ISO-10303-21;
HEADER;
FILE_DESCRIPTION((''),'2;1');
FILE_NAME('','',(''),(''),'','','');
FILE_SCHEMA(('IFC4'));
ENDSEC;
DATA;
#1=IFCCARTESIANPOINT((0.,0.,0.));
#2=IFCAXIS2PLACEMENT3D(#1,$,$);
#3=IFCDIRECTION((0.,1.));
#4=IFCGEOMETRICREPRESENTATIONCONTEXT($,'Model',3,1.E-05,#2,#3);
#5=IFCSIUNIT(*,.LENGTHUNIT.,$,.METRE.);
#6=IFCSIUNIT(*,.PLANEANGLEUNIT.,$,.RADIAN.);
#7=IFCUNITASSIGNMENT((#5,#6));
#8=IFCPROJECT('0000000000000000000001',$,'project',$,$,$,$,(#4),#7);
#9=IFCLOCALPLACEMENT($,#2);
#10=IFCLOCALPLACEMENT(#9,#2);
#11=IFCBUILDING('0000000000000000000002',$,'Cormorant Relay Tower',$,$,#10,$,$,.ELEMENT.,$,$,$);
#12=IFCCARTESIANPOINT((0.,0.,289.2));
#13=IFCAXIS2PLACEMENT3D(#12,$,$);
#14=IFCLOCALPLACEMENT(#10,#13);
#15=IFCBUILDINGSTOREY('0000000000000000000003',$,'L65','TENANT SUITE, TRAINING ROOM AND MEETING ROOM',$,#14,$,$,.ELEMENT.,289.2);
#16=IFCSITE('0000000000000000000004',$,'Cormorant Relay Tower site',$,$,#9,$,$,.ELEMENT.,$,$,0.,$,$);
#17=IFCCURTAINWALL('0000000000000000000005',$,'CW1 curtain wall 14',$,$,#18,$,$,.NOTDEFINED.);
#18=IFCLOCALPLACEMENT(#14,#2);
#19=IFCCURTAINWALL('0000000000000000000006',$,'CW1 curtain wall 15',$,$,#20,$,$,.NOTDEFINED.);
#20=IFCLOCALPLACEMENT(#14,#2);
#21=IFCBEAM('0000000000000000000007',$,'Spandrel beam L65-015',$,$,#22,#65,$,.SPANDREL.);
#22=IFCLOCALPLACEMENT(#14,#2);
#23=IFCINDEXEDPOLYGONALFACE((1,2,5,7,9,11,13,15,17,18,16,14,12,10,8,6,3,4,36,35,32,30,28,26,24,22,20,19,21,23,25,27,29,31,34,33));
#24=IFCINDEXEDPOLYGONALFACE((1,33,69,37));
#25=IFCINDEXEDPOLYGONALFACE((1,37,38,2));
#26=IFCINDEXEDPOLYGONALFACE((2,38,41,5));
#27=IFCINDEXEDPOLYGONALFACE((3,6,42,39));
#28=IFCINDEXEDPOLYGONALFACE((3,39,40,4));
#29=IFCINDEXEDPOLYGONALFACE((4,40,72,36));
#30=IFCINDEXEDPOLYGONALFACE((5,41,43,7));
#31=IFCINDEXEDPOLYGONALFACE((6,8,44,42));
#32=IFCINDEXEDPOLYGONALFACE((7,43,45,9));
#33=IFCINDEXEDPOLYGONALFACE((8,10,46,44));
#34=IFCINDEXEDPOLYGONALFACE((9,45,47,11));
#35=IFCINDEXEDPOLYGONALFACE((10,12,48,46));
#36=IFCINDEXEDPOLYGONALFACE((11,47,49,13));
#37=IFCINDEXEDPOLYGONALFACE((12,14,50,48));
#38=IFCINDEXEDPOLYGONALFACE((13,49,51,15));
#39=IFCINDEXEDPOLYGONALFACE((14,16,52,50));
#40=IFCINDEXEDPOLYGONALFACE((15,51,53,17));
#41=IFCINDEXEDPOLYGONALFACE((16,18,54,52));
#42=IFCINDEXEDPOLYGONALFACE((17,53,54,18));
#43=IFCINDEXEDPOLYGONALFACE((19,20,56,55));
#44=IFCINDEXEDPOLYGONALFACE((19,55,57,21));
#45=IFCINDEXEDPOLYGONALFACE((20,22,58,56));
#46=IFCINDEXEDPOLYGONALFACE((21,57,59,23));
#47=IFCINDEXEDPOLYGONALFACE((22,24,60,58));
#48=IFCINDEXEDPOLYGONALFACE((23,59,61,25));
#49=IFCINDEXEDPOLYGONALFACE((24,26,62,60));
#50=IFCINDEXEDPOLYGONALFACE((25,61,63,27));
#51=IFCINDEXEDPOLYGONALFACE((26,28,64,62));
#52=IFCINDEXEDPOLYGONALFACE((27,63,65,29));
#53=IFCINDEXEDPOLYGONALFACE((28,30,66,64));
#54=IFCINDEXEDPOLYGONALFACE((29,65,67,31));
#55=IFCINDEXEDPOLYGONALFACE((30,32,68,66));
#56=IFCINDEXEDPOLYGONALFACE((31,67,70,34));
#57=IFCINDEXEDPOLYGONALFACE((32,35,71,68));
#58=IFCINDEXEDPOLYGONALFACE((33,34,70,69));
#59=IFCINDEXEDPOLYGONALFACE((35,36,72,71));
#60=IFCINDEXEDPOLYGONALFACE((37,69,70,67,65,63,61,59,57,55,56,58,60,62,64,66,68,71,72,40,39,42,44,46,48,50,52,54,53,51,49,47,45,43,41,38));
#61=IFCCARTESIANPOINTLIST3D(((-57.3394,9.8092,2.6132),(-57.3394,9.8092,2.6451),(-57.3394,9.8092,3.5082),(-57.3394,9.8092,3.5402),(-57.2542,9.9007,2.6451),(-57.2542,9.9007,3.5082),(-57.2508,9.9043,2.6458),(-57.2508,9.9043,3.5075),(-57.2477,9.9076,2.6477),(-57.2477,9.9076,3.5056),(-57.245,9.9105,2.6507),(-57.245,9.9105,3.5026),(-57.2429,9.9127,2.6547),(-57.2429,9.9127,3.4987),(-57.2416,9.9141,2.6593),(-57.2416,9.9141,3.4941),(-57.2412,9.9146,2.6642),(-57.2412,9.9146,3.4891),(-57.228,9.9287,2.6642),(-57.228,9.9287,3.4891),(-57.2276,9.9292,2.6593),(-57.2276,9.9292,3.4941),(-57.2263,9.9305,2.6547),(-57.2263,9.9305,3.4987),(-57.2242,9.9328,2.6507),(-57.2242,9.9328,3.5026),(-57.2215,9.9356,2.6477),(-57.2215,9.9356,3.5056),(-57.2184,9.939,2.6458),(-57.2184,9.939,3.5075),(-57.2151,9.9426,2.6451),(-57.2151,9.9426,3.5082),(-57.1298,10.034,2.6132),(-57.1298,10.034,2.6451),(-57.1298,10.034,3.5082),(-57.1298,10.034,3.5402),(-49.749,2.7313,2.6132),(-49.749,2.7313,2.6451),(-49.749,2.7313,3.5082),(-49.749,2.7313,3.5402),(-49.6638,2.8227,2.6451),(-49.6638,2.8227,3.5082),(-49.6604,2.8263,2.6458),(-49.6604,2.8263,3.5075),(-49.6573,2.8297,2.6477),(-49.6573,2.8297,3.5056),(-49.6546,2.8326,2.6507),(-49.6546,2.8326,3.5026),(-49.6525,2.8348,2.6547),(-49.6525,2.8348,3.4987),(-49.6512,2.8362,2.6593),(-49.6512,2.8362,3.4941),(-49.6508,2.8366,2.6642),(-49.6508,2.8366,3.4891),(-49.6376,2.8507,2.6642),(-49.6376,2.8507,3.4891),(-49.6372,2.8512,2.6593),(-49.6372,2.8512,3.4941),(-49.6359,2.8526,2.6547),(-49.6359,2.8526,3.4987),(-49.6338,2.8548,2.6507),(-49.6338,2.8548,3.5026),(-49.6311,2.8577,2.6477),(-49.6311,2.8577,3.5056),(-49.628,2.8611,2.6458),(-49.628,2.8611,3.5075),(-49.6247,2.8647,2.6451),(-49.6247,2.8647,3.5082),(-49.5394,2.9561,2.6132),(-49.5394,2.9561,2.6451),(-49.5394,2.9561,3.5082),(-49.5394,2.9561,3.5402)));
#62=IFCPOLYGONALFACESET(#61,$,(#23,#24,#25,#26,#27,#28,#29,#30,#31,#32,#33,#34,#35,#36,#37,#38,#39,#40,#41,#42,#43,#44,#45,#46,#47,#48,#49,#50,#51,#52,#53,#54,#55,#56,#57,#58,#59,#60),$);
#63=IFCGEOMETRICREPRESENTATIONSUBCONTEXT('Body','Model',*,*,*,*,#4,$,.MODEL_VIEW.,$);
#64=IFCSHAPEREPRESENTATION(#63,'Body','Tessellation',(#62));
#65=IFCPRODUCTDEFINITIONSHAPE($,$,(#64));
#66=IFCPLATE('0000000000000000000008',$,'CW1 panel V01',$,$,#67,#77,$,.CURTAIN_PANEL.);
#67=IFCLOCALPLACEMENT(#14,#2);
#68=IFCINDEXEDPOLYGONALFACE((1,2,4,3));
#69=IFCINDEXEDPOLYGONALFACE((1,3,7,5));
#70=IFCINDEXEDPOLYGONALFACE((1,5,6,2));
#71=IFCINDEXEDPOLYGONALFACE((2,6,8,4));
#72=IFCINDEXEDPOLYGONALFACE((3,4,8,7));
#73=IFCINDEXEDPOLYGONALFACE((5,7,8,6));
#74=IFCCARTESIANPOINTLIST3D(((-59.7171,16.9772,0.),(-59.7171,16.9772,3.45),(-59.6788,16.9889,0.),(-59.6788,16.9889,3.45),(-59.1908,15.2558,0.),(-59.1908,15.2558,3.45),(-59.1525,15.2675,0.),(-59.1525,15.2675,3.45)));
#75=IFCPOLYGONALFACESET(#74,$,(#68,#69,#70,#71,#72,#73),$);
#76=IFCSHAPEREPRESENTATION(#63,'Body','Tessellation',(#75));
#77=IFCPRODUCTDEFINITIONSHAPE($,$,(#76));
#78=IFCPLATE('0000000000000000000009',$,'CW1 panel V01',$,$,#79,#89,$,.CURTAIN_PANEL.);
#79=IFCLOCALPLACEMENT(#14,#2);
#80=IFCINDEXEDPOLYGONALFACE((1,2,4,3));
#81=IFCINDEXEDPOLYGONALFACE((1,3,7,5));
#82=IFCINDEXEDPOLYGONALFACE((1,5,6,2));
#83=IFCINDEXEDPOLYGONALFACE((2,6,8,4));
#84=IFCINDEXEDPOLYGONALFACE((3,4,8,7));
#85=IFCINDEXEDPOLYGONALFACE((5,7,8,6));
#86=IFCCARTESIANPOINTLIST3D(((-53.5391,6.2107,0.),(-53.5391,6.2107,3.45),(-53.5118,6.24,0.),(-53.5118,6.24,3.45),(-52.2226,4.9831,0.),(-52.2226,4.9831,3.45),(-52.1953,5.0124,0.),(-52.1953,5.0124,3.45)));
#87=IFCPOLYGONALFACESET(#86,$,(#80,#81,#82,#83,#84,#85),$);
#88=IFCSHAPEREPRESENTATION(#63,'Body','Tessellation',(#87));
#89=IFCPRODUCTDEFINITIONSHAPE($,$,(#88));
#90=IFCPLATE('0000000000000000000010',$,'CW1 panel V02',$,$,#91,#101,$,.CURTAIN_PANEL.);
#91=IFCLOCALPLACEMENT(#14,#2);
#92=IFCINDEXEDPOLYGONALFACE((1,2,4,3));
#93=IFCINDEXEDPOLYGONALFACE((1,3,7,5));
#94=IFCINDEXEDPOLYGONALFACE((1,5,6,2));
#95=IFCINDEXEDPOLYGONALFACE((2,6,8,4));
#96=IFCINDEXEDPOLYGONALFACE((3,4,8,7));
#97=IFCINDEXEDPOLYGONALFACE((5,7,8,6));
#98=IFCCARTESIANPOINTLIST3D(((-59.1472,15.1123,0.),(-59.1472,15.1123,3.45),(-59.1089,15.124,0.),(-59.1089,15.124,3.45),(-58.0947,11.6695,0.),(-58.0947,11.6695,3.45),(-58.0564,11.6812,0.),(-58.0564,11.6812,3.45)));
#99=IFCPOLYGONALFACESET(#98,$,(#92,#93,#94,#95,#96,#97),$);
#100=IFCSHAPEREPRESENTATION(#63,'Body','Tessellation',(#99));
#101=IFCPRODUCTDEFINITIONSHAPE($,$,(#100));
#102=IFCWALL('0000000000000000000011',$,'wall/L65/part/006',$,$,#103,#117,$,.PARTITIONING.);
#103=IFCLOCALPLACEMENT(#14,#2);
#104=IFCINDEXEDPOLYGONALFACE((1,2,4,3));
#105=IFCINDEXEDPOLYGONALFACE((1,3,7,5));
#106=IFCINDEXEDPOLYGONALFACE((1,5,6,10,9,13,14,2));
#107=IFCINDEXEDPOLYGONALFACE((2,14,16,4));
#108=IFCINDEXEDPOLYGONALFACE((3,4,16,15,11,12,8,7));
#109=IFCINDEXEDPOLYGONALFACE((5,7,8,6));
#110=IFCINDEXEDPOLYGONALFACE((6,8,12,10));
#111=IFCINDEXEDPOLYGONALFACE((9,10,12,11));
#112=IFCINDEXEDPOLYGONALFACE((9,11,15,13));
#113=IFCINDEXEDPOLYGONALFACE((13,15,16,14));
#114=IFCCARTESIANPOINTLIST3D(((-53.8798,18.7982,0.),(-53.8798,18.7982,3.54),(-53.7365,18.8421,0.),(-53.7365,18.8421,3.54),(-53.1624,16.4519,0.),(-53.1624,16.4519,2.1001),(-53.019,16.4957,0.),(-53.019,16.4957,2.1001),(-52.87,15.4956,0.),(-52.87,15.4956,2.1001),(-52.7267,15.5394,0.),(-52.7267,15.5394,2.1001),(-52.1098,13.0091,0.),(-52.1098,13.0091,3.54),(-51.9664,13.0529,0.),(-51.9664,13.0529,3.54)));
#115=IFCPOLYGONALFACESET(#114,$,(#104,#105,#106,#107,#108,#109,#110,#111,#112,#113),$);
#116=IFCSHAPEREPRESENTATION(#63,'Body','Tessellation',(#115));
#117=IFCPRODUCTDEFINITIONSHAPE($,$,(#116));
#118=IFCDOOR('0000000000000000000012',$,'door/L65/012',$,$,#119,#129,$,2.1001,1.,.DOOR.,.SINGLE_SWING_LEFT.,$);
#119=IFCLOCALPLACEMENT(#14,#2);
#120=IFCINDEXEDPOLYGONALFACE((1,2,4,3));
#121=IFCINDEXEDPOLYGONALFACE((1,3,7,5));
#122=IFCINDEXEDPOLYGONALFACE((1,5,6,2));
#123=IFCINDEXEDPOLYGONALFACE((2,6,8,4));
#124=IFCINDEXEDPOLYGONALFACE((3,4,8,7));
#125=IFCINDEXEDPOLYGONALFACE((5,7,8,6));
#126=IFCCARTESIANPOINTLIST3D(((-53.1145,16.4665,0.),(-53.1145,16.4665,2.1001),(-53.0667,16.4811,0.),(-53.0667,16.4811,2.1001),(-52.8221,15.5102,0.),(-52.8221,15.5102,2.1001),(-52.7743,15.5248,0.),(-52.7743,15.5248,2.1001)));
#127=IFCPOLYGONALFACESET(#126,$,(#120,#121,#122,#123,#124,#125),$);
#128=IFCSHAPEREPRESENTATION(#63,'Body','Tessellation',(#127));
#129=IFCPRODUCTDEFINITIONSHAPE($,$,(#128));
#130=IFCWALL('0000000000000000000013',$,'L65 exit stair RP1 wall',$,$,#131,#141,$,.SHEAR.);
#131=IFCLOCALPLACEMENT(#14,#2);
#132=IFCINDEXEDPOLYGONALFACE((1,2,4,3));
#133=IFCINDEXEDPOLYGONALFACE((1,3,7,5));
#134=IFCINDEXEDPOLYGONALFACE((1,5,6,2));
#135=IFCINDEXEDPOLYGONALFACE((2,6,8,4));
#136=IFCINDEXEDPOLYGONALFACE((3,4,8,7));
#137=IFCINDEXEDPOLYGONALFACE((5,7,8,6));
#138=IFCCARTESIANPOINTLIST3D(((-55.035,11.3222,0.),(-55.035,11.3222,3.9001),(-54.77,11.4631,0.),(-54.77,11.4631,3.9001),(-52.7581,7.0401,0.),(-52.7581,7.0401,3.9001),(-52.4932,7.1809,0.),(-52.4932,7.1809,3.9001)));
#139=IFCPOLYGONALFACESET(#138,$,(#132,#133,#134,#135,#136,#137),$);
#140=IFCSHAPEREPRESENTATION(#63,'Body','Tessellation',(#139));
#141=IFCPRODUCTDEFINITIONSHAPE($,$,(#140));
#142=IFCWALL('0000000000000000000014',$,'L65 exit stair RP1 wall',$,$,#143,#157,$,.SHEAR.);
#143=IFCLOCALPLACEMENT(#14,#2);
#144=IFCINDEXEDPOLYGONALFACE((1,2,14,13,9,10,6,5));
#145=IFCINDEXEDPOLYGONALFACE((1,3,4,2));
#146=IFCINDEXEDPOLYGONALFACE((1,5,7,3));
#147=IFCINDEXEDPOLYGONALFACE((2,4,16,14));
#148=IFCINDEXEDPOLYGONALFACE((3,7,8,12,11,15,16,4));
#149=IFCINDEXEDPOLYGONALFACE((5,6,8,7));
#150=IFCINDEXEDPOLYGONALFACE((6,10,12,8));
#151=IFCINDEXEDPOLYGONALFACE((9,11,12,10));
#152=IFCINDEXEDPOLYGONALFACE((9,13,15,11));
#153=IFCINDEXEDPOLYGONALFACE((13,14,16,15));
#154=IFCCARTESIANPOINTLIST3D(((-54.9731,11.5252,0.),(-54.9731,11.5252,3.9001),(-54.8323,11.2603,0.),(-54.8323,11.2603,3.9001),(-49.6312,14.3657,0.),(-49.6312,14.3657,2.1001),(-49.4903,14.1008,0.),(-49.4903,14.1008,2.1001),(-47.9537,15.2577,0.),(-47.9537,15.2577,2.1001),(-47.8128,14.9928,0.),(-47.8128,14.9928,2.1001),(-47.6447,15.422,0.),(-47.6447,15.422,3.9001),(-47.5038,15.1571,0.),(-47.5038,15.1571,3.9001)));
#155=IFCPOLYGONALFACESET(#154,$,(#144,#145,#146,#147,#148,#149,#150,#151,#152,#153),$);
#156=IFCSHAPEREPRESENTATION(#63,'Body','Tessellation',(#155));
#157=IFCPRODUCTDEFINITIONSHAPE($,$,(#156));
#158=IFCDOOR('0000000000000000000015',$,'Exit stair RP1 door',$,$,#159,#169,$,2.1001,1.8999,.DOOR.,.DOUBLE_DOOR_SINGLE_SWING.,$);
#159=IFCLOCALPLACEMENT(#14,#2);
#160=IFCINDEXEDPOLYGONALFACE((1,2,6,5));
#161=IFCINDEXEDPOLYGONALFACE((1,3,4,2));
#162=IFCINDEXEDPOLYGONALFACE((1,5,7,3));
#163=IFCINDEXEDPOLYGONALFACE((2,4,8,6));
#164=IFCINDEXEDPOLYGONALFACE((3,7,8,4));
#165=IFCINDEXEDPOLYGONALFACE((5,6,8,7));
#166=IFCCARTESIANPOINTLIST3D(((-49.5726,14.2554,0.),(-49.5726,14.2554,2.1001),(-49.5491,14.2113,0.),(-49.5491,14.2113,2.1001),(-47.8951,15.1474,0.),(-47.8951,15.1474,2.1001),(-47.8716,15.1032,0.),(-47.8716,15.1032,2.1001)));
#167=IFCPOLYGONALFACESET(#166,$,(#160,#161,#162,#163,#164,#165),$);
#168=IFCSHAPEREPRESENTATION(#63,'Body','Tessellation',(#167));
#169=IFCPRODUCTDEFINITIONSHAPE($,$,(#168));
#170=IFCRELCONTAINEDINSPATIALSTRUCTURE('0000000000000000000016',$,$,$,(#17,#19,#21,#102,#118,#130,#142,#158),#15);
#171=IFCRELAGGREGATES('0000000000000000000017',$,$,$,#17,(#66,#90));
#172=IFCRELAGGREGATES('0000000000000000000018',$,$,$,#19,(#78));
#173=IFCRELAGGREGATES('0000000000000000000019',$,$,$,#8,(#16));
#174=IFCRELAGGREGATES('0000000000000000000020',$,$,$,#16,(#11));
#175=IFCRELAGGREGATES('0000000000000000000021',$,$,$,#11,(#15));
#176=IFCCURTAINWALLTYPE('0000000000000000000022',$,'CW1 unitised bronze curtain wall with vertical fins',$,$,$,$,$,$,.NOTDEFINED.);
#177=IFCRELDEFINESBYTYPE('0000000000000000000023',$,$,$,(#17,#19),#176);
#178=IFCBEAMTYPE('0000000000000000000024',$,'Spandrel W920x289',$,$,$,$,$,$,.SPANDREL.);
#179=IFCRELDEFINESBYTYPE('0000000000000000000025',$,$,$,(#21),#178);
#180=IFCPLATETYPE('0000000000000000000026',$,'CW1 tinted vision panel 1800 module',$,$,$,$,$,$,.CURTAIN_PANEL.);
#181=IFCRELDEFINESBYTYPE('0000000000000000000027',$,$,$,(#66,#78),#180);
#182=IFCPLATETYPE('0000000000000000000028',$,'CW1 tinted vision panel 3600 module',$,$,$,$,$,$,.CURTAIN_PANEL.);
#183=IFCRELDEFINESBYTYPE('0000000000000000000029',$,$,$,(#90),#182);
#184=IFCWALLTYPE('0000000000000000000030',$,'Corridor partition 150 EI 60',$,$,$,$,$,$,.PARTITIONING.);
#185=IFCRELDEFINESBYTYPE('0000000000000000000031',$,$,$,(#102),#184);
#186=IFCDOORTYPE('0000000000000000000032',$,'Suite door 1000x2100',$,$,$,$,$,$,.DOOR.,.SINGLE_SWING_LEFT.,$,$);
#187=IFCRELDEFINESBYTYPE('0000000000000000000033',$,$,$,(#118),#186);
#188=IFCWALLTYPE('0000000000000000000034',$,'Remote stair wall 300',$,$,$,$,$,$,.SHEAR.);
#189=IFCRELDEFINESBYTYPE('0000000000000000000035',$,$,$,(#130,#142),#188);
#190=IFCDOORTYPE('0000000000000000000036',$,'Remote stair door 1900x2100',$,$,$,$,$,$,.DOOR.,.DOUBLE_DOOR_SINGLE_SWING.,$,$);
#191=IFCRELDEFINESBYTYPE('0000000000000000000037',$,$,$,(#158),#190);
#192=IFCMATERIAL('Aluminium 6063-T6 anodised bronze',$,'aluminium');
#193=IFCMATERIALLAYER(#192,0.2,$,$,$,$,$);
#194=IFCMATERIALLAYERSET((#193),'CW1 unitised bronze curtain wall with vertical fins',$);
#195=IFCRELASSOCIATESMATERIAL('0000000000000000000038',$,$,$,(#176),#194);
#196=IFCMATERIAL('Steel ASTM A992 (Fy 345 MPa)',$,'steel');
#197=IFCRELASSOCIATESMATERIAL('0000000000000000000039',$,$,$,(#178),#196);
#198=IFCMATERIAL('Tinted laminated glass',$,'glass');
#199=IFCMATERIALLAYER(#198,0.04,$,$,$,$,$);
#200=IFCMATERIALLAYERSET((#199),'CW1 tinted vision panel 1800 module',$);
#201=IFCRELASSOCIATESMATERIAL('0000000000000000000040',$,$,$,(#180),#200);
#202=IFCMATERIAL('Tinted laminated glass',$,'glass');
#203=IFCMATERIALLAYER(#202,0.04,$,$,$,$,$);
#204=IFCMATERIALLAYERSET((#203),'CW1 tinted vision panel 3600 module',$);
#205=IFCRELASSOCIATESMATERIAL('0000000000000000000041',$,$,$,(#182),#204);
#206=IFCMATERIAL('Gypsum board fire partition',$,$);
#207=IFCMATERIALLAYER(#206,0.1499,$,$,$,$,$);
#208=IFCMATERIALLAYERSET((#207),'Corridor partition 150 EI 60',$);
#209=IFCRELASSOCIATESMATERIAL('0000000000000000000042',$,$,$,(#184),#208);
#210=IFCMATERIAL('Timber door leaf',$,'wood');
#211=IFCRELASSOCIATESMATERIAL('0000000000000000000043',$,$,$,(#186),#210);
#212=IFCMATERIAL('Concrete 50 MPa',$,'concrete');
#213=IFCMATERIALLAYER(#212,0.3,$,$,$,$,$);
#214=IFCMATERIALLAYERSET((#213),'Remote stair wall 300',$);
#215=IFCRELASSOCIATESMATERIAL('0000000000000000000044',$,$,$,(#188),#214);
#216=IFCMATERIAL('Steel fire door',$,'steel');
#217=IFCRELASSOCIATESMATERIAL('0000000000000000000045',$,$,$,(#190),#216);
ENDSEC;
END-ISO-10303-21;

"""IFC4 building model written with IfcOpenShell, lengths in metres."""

from ifc_helpers import new_model, si_unit, direction, frame, frame_2d, origin, origin_2d, place, context, subcontext, project, spatial, rectangle, i_section, extrude, material, layer, layer_set, material_profile, profile_set, type_object, element, fill, aggregate, save


model = new_model("IFC4")

# Units and contexts
model_context = context("Model", 3, precision=1e-05, world=origin(), true_north=direction((0.0, 1.0)))
body_context = subcontext(model_context, "Body", "Model", "MODEL_VIEW")
ifc_project = project(units=[si_unit("LENGTHUNIT", "METRE"), si_unit("PLANEANGLEUNIT", "RADIAN")], contexts=[model_context])

# Site, building, storey
site_placement = place(None, origin())
site = spatial("IfcSite", under=ifc_project, at=site_placement, Name="Cormorant Relay Tower site", CompositionType="ELEMENT", RefElevation=0.0)
building_placement = place(site_placement, origin())
building = spatial("IfcBuilding", under=site, at=building_placement, Name="Cormorant Relay Tower", CompositionType="ELEMENT")
storey_placement = place(building_placement, frame((0.0, 0.0, 289.2)))
storey = spatial("IfcBuildingStorey", under=building, at=storey_placement, Name="L65", Description="TENANT SUITE, TRAINING ROOM AND MEETING ROOM", CompositionType="ELEMENT", Elevation=289.2)

# Curtain wall
ifc_material_1 = material(Name="Aluminium 6063-T6 anodised bronze", Category="aluminium")
ifc_layer_1 = layer(ifc_material_1, 0.2)
ifc_layer_set_1 = layer_set([ifc_layer_1], Name="CW1 unitised bronze curtain wall with vertical fins")
curtain_wall_type = type_object("IfcCurtainWallType", Name="CW1 unitised bronze curtain wall with vertical fins", PredefinedType="NOTDEFINED", material=ifc_layer_set_1)
curtain_wall_1_placement = place(storey_placement, origin())
curtain_wall_1 = element("IfcCurtainWall", 1, at=curtain_wall_1_placement, inside=storey, type_object=curtain_wall_type, Name="CW1 curtain wall 14", PredefinedType="NOTDEFINED")

# Curtain wall
curtain_wall_2_placement = place(storey_placement, origin())
curtain_wall_2 = element("IfcCurtainWall", 2, at=curtain_wall_2_placement, inside=storey, type_object=curtain_wall_type, Name="CW1 curtain wall 15", PredefinedType="NOTDEFINED")

# Beam
ifc_material_2 = material(Name="Steel ASTM A992 (Fy 345 MPa)", Category="steel")
ifc_material_profile_1 = material_profile(ifc_material_2, i_section(OverallWidth=0.3074, OverallDepth=0.927, WebThickness=0.0193, FlangeThickness=0.032, FilletRadius=0.019, at=origin_2d()), Name="W920x289")
ifc_profile_set_1 = profile_set([ifc_material_profile_1], Name="Steel ASTM A992 (Fy 345 MPa)")
beam_type = type_object("IfcBeamType", Name="Spandrel W920x289", PredefinedType="SPANDREL", material=ifc_profile_set_1)
beam_placement = place(storey_placement, frame((-57.2346, 9.9216, 3.0767), z_axis=(0.731364, -0.681987, 0.0), x_axis=(0.681987, 0.731364, 0.0)))
element("IfcBeam", 3, at=beam_placement, inside=storey, type_object=beam_type, Name="Spandrel beam L65-015", PredefinedType="SPANDREL", context=body_context, shape_type="SweptSolid", body=[
    extrude(i_section(OverallWidth=0.3074, OverallDepth=0.927, WebThickness=0.0193, FlangeThickness=0.032, FilletRadius=0.019, at=origin_2d()), origin(), (0.0, 0.0, 1.0), 10.3784),
])

# Plates
ifc_material_3 = material(Name="Tinted laminated glass", Category="glass")
ifc_layer_2 = layer(ifc_material_3, 0.04)
ifc_layer_set_2 = layer_set([ifc_layer_2], Name="CW1 tinted vision panel 1800 module")
plate_type_1 = type_object("IfcPlateType", Name="CW1 tinted vision panel 1800 module", PredefinedType="CURTAIN_PANEL", material=ifc_layer_set_2)
plate_1_placement = place(storey_placement, frame((-59.4348, 16.1223, 0.0), z_axis=(0.0, 0.0, 1.0), x_axis=(0.292372, -0.956305, 0.0)))
plate_1 = element("IfcPlate", 4, at=plate_1_placement, type_object=plate_type_1, Name="CW1 panel V01", PredefinedType="CURTAIN_PANEL", context=body_context, shape_type="SweptSolid", body=[
    extrude(rectangle(XDim=1.8, YDim=0.04, at=origin_2d()), origin(), (0.0, 0.0, 1.0), 3.45),
])
plate_2_placement = place(storey_placement, frame((-52.8672, 5.6116, 0.0), z_axis=(0.0, 0.0, 1.0), x_axis=(0.731354, -0.681998, 0.0)))
plate_2 = element("IfcPlate", 5, at=plate_2_placement, type_object=plate_type_1, Name="CW1 panel V01", PredefinedType="CURTAIN_PANEL", context=body_context, shape_type="SweptSolid", body=[
    extrude(rectangle(XDim=1.8, YDim=0.04, at=origin_2d()), origin(), (0.0, 0.0, 1.0), 3.45),
])
ifc_material_4 = material(Name="Tinted laminated glass", Category="glass")
ifc_layer_3 = layer(ifc_material_4, 0.04)
ifc_layer_set_3 = layer_set([ifc_layer_3], Name="CW1 tinted vision panel 3600 module")
plate_type_2 = type_object("IfcPlateType", Name="CW1 tinted vision panel 3600 module", PredefinedType="CURTAIN_PANEL", material=ifc_layer_set_3)
plate_3_placement = place(storey_placement, frame((-58.6018, 13.3967, 0.0), z_axis=(0.0, 0.0, 1.0), x_axis=(0.292372, -0.956305, 0.0)))
plate_3 = element("IfcPlate", 6, at=plate_3_placement, type_object=plate_type_2, Name="CW1 panel V02", PredefinedType="CURTAIN_PANEL", context=body_context, shape_type="SweptSolid", body=[
    extrude(rectangle(XDim=3.6001, YDim=0.04, at=origin_2d()), origin(), (0.0, 0.0, 1.0), 3.45),
])

# Wall, opening, door
ifc_material_5 = material(Name="Gypsum board fire partition")
ifc_layer_4 = layer(ifc_material_5, 0.1499)
ifc_layer_set_4 = layer_set([ifc_layer_4], Name="Corridor partition 150 EI 60")
wall_type_1 = type_object("IfcWallType", Name="Corridor partition 150 EI 60", PredefinedType="PARTITIONING", material=ifc_layer_set_4)
wall_1_placement = place(storey_placement, frame((-52.0381, 13.031, 0.0), z_axis=(0.0, 0.0, 1.0), x_axis=(-0.292391, 0.956299, 0.0)))
wall_1 = element("IfcWall", 7, at=wall_1_placement, inside=storey, type_object=wall_type_1, Name="wall/L65/part/006", PredefinedType="PARTITIONING", context=body_context, shape_type="SweptSolid", body=[
    extrude(rectangle(XDim=6.0537, YDim=0.1499, at=frame_2d((3.0269, 0.0))), origin(), (0.0, 0.0, 1.0), 3.54),
])
opening_1_placement = place(wall_1_placement, frame((2.6001, 0.0, 0.0)))
opening_1 = element("IfcOpeningElement", 8, at=opening_1_placement, cuts=wall_1, PredefinedType="OPENING", context=body_context, shape_type="SweptSolid", body=[
    extrude(rectangle(XDim=1.0, YDim=2.1001, at=frame_2d((0.5, 1.05))), frame((0.0, 0.085, 0.0), z_axis=(0.0, -1.0, 0.0), x_axis=(1.0, 0.0, 0.0)), (0.0, 0.0, 1.0), 0.1699),
])
ifc_material_6 = material(Name="Timber door leaf", Category="wood")
door_type_1 = type_object("IfcDoorType", Name="Suite door 1000x2100", OperationType="SINGLE_SWING_LEFT", PredefinedType="DOOR", material=ifc_material_6)
door_1_placement = place(opening_1_placement, origin())
door_1 = element("IfcDoor", 9, at=door_1_placement, inside=storey, type_object=door_type_1, Name="door/L65/012", OperationType="SINGLE_SWING_LEFT", OverallHeight=2.1001, OverallWidth=1.0, PredefinedType="DOOR", context=body_context, shape_type="SweptSolid", body=[
    extrude(rectangle(XDim=1.0, YDim=2.1001, at=frame_2d((0.5, 1.05))), frame((0.0, 0.0249, 0.0), z_axis=(0.0, -1.0, 0.0), x_axis=(1.0, 0.0, 0.0)), (0.0, 0.0, 1.0), 0.05),
])
fill(opening_1, door_1)

# Wall
ifc_material_7 = material(Name="Concrete 50 MPa", Category="concrete")
ifc_layer_5 = layer(ifc_material_7, 0.3)
ifc_layer_set_5 = layer_set([ifc_layer_5], Name="Remote stair wall 300")
wall_type_2 = type_object("IfcWallType", Name="Remote stair wall 300", PredefinedType="SHEAR", material=ifc_layer_set_5)
wall_2_placement = place(storey_placement, frame((-52.6257, 7.1106, 0.0), z_axis=(0.0, 0.0, 1.0), x_axis=(-0.469464, 0.882951, 0.0)))
element("IfcWall", 10, at=wall_2_placement, inside=storey, type_object=wall_type_2, Name="L65 exit stair RP1 wall", PredefinedType="SHEAR", context=body_context, shape_type="SweptSolid", body=[
    extrude(rectangle(XDim=4.8499, YDim=0.3, at=frame_2d((2.4248, 0.0))), origin(), (0.0, 0.0, 1.0), 3.9001),
])

# Wall, opening, door
wall_3_placement = place(storey_placement, frame((-54.9026, 11.3928, 0.0), z_axis=(0.0, 0.0, 1.0), x_axis=(0.882939, 0.469487, 0.0)))
wall_3 = element("IfcWall", 11, at=wall_3_placement, inside=storey, type_object=wall_type_2, Name="L65 exit stair RP1 wall", PredefinedType="SHEAR", context=body_context, shape_type="SweptSolid", body=[
    extrude(rectangle(XDim=8.3, YDim=0.3, at=frame_2d((4.1499, 0.0))), origin(), (0.0, 0.0, 1.0), 3.9001),
])
opening_2_placement = place(wall_3_placement, frame((6.05, 0.0, 0.0)))
opening_2 = element("IfcOpeningElement", 12, at=opening_2_placement, cuts=wall_3, PredefinedType="OPENING", context=body_context, shape_type="SweptSolid", body=[
    extrude(rectangle(XDim=1.8999, YDim=2.1001, at=frame_2d((0.95, 1.05))), frame((0.0, 0.1599, 0.0), z_axis=(0.0, -1.0, 0.0), x_axis=(1.0, 0.0, 0.0)), (0.0, 0.0, 1.0), 0.3201),
])
ifc_material_8 = material(Name="Steel fire door", Category="steel")
door_type_2 = type_object("IfcDoorType", Name="Remote stair door 1900x2100", OperationType="DOUBLE_DOOR_SINGLE_SWING", PredefinedType="DOOR", material=ifc_material_8)
door_2_placement = place(opening_2_placement, frame((1.8999, 0.0, 0.0), z_axis=(0.0, 0.0, 1.0), x_axis=(-1.0, 0.0, 0.0)))
door_2 = element("IfcDoor", 13, at=door_2_placement, inside=storey, type_object=door_type_2, Name="Exit stair RP1 door", OperationType="DOUBLE_DOOR_SINGLE_SWING", OverallHeight=2.1001, OverallWidth=1.8999, PredefinedType="DOOR", context=body_context, shape_type="SweptSolid", body=[
    extrude(rectangle(XDim=1.8999, YDim=2.1001, at=frame_2d((0.95, 1.05))), frame((0.0, 0.0249, 0.0), z_axis=(0.0, -1.0, 0.0), x_axis=(1.0, 0.0, 0.0)), (0.0, 0.0, 1.0), 0.05),
])
fill(opening_2, door_2)

aggregate(curtain_wall_1, [plate_1, plate_3])
aggregate(curtain_wall_2, [plate_2])

save(model, "model.ifc")
